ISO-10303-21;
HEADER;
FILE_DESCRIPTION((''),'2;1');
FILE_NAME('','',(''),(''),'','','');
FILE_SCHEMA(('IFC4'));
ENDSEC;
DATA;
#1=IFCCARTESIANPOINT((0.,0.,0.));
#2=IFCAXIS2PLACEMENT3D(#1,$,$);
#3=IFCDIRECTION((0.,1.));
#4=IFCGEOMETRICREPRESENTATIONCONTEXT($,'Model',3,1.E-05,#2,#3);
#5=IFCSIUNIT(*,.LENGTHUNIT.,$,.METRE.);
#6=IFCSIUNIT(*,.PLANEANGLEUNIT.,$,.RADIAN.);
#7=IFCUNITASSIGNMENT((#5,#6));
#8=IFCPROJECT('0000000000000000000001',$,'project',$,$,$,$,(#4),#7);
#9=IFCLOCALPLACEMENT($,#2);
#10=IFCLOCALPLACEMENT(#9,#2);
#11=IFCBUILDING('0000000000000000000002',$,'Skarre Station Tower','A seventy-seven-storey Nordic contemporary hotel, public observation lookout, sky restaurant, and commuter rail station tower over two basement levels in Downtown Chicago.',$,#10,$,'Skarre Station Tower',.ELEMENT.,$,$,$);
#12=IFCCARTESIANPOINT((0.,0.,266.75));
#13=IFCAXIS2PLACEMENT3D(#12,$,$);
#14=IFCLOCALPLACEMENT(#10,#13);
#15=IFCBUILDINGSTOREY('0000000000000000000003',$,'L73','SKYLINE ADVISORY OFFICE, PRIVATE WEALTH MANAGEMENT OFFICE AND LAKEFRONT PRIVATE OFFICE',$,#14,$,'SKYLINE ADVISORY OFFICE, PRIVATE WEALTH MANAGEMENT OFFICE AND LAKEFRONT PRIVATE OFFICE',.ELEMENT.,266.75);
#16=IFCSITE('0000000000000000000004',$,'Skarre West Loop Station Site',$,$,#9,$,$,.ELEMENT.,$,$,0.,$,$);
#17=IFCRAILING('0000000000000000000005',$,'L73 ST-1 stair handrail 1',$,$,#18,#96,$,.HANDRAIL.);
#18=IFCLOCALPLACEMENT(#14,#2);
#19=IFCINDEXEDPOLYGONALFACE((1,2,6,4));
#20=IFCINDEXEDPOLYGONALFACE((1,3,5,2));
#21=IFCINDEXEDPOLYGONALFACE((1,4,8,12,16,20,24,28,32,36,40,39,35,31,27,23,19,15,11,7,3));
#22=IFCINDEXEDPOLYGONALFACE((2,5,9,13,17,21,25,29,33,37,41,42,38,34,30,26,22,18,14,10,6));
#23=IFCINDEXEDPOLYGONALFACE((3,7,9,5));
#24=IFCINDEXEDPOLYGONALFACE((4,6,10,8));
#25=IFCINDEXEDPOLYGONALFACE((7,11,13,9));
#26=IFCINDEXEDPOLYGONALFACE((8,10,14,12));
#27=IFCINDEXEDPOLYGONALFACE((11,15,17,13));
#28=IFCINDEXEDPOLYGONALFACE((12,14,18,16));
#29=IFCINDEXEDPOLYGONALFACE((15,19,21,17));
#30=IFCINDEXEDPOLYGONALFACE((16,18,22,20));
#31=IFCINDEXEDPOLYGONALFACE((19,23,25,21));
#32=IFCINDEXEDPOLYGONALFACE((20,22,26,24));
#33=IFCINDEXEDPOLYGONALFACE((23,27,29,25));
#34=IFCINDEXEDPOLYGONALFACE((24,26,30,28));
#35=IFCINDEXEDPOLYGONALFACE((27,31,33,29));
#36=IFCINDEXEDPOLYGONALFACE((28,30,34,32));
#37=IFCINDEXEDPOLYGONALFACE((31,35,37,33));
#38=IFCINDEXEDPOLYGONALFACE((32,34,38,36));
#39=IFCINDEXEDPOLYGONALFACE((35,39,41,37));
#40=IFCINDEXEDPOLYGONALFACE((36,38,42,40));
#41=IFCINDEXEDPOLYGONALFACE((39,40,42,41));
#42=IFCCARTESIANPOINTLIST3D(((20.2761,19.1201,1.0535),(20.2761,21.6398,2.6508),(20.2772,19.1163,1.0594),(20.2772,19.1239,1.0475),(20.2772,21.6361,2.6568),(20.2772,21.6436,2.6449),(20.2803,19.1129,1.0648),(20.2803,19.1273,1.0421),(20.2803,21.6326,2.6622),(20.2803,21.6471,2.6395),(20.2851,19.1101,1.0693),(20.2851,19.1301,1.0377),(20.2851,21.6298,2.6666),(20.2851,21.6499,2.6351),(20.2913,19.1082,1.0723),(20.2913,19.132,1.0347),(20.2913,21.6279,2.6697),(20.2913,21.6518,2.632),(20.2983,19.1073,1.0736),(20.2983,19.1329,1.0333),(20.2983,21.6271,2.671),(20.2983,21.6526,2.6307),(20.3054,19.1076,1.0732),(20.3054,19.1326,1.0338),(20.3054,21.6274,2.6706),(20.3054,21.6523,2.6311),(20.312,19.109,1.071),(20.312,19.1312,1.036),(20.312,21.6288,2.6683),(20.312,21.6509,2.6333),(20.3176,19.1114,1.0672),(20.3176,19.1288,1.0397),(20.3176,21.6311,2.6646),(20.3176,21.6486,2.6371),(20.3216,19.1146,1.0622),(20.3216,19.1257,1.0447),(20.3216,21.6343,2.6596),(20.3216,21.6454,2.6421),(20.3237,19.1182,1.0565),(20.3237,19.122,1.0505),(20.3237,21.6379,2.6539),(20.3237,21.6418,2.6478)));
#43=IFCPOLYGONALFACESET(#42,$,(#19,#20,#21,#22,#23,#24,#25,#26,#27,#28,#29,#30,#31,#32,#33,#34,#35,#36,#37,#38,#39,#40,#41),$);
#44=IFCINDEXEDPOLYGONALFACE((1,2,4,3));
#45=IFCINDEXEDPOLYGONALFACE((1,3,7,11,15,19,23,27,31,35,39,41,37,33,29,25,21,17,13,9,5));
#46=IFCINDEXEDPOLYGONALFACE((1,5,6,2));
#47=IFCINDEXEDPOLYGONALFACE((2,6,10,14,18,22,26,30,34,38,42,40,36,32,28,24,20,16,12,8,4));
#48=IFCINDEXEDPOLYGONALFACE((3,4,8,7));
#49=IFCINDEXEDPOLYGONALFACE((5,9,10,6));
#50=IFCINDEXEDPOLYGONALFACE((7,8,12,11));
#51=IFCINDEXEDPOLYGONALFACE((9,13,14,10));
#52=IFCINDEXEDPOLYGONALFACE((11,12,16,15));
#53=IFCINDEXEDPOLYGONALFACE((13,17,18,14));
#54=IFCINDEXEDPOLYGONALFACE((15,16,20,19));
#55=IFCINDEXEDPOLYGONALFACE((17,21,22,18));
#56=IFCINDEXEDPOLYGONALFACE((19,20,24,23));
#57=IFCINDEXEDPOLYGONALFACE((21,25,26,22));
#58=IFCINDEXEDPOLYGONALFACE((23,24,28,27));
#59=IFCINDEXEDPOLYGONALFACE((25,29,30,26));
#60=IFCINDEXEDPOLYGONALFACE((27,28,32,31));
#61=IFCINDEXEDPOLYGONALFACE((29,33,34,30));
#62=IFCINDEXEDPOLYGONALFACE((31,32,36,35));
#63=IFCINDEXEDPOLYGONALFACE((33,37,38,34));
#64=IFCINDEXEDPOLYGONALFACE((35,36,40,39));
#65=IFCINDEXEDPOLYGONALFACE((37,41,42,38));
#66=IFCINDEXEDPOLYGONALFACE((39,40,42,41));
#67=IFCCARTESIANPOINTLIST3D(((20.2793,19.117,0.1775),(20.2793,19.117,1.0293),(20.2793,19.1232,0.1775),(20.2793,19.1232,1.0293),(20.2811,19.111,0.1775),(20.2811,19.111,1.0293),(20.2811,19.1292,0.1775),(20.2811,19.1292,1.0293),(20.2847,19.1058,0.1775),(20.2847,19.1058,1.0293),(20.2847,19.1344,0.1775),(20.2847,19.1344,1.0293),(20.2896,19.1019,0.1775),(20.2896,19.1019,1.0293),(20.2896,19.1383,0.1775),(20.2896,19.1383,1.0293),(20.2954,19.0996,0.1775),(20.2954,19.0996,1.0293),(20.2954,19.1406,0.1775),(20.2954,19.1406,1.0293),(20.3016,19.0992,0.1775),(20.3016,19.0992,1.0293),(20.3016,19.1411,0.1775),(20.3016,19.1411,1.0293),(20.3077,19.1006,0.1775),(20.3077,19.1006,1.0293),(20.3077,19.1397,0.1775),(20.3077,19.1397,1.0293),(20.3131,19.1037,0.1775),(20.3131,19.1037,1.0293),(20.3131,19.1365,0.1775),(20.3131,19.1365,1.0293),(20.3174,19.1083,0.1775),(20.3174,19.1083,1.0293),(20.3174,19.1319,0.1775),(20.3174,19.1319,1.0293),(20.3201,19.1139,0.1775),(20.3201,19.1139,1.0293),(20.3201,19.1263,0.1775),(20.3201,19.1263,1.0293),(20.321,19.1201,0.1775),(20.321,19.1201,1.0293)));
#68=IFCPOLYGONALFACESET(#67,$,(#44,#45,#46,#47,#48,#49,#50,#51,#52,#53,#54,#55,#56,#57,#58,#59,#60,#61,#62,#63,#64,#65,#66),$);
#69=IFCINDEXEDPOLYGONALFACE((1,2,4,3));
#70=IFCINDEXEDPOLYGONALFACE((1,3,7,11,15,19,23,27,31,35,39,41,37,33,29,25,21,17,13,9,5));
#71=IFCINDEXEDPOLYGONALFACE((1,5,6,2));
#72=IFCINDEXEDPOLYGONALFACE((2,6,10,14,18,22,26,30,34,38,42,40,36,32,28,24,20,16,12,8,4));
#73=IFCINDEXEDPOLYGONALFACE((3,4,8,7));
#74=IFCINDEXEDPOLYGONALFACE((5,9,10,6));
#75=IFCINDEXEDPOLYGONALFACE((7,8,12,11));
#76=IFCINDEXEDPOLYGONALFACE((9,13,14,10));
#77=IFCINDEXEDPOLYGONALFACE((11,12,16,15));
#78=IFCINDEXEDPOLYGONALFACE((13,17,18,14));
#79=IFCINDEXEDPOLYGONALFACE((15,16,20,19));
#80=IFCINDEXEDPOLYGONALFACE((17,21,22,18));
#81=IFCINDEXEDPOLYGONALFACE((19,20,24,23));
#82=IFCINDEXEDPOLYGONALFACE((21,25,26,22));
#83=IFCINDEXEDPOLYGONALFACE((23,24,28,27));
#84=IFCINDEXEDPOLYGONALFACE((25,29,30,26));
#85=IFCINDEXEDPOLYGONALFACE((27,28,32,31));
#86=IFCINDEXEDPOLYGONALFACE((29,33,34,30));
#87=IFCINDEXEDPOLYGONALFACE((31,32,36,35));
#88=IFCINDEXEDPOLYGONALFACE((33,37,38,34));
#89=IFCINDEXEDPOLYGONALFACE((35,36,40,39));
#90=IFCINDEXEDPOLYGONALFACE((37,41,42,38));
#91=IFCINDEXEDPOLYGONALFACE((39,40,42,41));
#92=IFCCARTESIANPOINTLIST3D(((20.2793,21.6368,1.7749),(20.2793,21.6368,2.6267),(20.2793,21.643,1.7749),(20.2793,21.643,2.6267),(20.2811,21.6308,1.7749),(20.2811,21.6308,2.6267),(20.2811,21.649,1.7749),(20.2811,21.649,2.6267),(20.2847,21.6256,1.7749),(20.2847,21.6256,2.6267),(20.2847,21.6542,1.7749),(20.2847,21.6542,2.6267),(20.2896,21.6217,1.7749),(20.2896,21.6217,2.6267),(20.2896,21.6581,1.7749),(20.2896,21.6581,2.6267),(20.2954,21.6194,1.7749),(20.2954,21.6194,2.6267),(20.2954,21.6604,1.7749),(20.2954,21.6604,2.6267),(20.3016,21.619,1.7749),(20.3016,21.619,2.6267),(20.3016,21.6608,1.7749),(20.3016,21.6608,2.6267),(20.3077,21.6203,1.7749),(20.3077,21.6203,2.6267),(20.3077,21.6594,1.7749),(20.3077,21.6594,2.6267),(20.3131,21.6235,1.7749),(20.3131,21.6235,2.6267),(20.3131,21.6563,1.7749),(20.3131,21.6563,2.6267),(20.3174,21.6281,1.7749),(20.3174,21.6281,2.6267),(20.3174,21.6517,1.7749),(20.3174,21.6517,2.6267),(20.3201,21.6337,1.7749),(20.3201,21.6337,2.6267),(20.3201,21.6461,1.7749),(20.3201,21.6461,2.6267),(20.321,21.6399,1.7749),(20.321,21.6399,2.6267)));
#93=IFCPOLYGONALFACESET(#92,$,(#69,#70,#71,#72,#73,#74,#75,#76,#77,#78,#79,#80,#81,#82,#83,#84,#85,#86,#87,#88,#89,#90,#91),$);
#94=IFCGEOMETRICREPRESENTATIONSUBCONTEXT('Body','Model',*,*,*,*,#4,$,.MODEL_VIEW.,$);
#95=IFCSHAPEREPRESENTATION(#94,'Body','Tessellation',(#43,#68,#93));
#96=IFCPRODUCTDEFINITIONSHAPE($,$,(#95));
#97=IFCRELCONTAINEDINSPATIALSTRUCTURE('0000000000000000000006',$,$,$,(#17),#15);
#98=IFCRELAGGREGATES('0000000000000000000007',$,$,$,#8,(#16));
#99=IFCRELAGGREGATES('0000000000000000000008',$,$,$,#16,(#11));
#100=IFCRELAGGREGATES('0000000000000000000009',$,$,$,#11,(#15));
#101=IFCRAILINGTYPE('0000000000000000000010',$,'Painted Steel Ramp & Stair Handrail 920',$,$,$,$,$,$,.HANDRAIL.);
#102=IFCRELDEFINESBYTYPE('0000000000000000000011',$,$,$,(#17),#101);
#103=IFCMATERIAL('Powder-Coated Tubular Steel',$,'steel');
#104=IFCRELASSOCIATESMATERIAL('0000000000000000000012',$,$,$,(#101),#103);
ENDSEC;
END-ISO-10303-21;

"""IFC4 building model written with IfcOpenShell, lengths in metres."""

from ifc_helpers import new_model, si_unit, direction, frame, origin, origin_2d, place, context, subcontext, project, spatial, circle, extrude, material, type_object, element, save


model = new_model("IFC4")

# Units and contexts
model_context = context("Model", 3, precision=1e-05, world=origin(), true_north=direction((0.0, 1.0)))
body_context = subcontext(model_context, "Body", "Model", "MODEL_VIEW")
ifc_project = project(units=[si_unit("LENGTHUNIT", "METRE"), si_unit("PLANEANGLEUNIT", "RADIAN")], contexts=[model_context])

# Site, building, storey
site_placement = place(None, origin())
site = spatial("IfcSite", under=ifc_project, at=site_placement, Name="Skarre West Loop Station Site", CompositionType="ELEMENT", RefElevation=0.0)
building_placement = place(site_placement, origin())
building = spatial("IfcBuilding", under=site, at=building_placement, Name="Skarre Station Tower", Description="A seventy-seven-storey Nordic contemporary hotel, public observation lookout, sky restaurant, and commuter rail station tower over two basement levels in Downtown Chicago.", LongName="Skarre Station Tower", CompositionType="ELEMENT")
storey_placement = place(building_placement, frame((0.0, 0.0, 266.75)))
storey = spatial("IfcBuildingStorey", under=building, at=storey_placement, Name="L73", Description="SKYLINE ADVISORY OFFICE, PRIVATE WEALTH MANAGEMENT OFFICE AND LAKEFRONT PRIVATE OFFICE", LongName="SKYLINE ADVISORY OFFICE, PRIVATE WEALTH MANAGEMENT OFFICE AND LAKEFRONT PRIVATE OFFICE", CompositionType="ELEMENT", Elevation=266.75)

# Railing
ifc_material_1 = material(Name="Powder-Coated Tubular Steel", Category="steel")
railing_type_1 = type_object("IfcRailingType", Name="Painted Steel Ramp & Stair Handrail 920", PredefinedType="HANDRAIL", material=ifc_material_1)
railing_1_placement = place(storey_placement, frame((20.3, 19.1201, 0.1775)))
element("IfcRailing", 1, at=railing_1_placement, inside=storey, type_object=railing_type_1, Name="L73 ST-1 stair handrail 1", PredefinedType="HANDRAIL", context=body_context, shape_type="SweptSolid", body=[
    extrude(circle(Radius=0.0239, at=origin_2d()), frame((0.0, 0.0, 0.876), z_axis=(0.0, 0.844583, 0.535424), x_axis=(-1.0, 0.0, 0.0)), (0.0, 0.0, 1.0), 2.9834),
    extrude(circle(Radius=0.021, at=origin_2d()), origin(), (0.0, 0.0, 1.0), 0.8518),
    extrude(circle(Radius=0.021, at=origin_2d()), frame((0.0, 2.5198, 1.5974)), (0.0, 0.0, 1.0), 0.8518),
])

save(model, "model.ifc")
